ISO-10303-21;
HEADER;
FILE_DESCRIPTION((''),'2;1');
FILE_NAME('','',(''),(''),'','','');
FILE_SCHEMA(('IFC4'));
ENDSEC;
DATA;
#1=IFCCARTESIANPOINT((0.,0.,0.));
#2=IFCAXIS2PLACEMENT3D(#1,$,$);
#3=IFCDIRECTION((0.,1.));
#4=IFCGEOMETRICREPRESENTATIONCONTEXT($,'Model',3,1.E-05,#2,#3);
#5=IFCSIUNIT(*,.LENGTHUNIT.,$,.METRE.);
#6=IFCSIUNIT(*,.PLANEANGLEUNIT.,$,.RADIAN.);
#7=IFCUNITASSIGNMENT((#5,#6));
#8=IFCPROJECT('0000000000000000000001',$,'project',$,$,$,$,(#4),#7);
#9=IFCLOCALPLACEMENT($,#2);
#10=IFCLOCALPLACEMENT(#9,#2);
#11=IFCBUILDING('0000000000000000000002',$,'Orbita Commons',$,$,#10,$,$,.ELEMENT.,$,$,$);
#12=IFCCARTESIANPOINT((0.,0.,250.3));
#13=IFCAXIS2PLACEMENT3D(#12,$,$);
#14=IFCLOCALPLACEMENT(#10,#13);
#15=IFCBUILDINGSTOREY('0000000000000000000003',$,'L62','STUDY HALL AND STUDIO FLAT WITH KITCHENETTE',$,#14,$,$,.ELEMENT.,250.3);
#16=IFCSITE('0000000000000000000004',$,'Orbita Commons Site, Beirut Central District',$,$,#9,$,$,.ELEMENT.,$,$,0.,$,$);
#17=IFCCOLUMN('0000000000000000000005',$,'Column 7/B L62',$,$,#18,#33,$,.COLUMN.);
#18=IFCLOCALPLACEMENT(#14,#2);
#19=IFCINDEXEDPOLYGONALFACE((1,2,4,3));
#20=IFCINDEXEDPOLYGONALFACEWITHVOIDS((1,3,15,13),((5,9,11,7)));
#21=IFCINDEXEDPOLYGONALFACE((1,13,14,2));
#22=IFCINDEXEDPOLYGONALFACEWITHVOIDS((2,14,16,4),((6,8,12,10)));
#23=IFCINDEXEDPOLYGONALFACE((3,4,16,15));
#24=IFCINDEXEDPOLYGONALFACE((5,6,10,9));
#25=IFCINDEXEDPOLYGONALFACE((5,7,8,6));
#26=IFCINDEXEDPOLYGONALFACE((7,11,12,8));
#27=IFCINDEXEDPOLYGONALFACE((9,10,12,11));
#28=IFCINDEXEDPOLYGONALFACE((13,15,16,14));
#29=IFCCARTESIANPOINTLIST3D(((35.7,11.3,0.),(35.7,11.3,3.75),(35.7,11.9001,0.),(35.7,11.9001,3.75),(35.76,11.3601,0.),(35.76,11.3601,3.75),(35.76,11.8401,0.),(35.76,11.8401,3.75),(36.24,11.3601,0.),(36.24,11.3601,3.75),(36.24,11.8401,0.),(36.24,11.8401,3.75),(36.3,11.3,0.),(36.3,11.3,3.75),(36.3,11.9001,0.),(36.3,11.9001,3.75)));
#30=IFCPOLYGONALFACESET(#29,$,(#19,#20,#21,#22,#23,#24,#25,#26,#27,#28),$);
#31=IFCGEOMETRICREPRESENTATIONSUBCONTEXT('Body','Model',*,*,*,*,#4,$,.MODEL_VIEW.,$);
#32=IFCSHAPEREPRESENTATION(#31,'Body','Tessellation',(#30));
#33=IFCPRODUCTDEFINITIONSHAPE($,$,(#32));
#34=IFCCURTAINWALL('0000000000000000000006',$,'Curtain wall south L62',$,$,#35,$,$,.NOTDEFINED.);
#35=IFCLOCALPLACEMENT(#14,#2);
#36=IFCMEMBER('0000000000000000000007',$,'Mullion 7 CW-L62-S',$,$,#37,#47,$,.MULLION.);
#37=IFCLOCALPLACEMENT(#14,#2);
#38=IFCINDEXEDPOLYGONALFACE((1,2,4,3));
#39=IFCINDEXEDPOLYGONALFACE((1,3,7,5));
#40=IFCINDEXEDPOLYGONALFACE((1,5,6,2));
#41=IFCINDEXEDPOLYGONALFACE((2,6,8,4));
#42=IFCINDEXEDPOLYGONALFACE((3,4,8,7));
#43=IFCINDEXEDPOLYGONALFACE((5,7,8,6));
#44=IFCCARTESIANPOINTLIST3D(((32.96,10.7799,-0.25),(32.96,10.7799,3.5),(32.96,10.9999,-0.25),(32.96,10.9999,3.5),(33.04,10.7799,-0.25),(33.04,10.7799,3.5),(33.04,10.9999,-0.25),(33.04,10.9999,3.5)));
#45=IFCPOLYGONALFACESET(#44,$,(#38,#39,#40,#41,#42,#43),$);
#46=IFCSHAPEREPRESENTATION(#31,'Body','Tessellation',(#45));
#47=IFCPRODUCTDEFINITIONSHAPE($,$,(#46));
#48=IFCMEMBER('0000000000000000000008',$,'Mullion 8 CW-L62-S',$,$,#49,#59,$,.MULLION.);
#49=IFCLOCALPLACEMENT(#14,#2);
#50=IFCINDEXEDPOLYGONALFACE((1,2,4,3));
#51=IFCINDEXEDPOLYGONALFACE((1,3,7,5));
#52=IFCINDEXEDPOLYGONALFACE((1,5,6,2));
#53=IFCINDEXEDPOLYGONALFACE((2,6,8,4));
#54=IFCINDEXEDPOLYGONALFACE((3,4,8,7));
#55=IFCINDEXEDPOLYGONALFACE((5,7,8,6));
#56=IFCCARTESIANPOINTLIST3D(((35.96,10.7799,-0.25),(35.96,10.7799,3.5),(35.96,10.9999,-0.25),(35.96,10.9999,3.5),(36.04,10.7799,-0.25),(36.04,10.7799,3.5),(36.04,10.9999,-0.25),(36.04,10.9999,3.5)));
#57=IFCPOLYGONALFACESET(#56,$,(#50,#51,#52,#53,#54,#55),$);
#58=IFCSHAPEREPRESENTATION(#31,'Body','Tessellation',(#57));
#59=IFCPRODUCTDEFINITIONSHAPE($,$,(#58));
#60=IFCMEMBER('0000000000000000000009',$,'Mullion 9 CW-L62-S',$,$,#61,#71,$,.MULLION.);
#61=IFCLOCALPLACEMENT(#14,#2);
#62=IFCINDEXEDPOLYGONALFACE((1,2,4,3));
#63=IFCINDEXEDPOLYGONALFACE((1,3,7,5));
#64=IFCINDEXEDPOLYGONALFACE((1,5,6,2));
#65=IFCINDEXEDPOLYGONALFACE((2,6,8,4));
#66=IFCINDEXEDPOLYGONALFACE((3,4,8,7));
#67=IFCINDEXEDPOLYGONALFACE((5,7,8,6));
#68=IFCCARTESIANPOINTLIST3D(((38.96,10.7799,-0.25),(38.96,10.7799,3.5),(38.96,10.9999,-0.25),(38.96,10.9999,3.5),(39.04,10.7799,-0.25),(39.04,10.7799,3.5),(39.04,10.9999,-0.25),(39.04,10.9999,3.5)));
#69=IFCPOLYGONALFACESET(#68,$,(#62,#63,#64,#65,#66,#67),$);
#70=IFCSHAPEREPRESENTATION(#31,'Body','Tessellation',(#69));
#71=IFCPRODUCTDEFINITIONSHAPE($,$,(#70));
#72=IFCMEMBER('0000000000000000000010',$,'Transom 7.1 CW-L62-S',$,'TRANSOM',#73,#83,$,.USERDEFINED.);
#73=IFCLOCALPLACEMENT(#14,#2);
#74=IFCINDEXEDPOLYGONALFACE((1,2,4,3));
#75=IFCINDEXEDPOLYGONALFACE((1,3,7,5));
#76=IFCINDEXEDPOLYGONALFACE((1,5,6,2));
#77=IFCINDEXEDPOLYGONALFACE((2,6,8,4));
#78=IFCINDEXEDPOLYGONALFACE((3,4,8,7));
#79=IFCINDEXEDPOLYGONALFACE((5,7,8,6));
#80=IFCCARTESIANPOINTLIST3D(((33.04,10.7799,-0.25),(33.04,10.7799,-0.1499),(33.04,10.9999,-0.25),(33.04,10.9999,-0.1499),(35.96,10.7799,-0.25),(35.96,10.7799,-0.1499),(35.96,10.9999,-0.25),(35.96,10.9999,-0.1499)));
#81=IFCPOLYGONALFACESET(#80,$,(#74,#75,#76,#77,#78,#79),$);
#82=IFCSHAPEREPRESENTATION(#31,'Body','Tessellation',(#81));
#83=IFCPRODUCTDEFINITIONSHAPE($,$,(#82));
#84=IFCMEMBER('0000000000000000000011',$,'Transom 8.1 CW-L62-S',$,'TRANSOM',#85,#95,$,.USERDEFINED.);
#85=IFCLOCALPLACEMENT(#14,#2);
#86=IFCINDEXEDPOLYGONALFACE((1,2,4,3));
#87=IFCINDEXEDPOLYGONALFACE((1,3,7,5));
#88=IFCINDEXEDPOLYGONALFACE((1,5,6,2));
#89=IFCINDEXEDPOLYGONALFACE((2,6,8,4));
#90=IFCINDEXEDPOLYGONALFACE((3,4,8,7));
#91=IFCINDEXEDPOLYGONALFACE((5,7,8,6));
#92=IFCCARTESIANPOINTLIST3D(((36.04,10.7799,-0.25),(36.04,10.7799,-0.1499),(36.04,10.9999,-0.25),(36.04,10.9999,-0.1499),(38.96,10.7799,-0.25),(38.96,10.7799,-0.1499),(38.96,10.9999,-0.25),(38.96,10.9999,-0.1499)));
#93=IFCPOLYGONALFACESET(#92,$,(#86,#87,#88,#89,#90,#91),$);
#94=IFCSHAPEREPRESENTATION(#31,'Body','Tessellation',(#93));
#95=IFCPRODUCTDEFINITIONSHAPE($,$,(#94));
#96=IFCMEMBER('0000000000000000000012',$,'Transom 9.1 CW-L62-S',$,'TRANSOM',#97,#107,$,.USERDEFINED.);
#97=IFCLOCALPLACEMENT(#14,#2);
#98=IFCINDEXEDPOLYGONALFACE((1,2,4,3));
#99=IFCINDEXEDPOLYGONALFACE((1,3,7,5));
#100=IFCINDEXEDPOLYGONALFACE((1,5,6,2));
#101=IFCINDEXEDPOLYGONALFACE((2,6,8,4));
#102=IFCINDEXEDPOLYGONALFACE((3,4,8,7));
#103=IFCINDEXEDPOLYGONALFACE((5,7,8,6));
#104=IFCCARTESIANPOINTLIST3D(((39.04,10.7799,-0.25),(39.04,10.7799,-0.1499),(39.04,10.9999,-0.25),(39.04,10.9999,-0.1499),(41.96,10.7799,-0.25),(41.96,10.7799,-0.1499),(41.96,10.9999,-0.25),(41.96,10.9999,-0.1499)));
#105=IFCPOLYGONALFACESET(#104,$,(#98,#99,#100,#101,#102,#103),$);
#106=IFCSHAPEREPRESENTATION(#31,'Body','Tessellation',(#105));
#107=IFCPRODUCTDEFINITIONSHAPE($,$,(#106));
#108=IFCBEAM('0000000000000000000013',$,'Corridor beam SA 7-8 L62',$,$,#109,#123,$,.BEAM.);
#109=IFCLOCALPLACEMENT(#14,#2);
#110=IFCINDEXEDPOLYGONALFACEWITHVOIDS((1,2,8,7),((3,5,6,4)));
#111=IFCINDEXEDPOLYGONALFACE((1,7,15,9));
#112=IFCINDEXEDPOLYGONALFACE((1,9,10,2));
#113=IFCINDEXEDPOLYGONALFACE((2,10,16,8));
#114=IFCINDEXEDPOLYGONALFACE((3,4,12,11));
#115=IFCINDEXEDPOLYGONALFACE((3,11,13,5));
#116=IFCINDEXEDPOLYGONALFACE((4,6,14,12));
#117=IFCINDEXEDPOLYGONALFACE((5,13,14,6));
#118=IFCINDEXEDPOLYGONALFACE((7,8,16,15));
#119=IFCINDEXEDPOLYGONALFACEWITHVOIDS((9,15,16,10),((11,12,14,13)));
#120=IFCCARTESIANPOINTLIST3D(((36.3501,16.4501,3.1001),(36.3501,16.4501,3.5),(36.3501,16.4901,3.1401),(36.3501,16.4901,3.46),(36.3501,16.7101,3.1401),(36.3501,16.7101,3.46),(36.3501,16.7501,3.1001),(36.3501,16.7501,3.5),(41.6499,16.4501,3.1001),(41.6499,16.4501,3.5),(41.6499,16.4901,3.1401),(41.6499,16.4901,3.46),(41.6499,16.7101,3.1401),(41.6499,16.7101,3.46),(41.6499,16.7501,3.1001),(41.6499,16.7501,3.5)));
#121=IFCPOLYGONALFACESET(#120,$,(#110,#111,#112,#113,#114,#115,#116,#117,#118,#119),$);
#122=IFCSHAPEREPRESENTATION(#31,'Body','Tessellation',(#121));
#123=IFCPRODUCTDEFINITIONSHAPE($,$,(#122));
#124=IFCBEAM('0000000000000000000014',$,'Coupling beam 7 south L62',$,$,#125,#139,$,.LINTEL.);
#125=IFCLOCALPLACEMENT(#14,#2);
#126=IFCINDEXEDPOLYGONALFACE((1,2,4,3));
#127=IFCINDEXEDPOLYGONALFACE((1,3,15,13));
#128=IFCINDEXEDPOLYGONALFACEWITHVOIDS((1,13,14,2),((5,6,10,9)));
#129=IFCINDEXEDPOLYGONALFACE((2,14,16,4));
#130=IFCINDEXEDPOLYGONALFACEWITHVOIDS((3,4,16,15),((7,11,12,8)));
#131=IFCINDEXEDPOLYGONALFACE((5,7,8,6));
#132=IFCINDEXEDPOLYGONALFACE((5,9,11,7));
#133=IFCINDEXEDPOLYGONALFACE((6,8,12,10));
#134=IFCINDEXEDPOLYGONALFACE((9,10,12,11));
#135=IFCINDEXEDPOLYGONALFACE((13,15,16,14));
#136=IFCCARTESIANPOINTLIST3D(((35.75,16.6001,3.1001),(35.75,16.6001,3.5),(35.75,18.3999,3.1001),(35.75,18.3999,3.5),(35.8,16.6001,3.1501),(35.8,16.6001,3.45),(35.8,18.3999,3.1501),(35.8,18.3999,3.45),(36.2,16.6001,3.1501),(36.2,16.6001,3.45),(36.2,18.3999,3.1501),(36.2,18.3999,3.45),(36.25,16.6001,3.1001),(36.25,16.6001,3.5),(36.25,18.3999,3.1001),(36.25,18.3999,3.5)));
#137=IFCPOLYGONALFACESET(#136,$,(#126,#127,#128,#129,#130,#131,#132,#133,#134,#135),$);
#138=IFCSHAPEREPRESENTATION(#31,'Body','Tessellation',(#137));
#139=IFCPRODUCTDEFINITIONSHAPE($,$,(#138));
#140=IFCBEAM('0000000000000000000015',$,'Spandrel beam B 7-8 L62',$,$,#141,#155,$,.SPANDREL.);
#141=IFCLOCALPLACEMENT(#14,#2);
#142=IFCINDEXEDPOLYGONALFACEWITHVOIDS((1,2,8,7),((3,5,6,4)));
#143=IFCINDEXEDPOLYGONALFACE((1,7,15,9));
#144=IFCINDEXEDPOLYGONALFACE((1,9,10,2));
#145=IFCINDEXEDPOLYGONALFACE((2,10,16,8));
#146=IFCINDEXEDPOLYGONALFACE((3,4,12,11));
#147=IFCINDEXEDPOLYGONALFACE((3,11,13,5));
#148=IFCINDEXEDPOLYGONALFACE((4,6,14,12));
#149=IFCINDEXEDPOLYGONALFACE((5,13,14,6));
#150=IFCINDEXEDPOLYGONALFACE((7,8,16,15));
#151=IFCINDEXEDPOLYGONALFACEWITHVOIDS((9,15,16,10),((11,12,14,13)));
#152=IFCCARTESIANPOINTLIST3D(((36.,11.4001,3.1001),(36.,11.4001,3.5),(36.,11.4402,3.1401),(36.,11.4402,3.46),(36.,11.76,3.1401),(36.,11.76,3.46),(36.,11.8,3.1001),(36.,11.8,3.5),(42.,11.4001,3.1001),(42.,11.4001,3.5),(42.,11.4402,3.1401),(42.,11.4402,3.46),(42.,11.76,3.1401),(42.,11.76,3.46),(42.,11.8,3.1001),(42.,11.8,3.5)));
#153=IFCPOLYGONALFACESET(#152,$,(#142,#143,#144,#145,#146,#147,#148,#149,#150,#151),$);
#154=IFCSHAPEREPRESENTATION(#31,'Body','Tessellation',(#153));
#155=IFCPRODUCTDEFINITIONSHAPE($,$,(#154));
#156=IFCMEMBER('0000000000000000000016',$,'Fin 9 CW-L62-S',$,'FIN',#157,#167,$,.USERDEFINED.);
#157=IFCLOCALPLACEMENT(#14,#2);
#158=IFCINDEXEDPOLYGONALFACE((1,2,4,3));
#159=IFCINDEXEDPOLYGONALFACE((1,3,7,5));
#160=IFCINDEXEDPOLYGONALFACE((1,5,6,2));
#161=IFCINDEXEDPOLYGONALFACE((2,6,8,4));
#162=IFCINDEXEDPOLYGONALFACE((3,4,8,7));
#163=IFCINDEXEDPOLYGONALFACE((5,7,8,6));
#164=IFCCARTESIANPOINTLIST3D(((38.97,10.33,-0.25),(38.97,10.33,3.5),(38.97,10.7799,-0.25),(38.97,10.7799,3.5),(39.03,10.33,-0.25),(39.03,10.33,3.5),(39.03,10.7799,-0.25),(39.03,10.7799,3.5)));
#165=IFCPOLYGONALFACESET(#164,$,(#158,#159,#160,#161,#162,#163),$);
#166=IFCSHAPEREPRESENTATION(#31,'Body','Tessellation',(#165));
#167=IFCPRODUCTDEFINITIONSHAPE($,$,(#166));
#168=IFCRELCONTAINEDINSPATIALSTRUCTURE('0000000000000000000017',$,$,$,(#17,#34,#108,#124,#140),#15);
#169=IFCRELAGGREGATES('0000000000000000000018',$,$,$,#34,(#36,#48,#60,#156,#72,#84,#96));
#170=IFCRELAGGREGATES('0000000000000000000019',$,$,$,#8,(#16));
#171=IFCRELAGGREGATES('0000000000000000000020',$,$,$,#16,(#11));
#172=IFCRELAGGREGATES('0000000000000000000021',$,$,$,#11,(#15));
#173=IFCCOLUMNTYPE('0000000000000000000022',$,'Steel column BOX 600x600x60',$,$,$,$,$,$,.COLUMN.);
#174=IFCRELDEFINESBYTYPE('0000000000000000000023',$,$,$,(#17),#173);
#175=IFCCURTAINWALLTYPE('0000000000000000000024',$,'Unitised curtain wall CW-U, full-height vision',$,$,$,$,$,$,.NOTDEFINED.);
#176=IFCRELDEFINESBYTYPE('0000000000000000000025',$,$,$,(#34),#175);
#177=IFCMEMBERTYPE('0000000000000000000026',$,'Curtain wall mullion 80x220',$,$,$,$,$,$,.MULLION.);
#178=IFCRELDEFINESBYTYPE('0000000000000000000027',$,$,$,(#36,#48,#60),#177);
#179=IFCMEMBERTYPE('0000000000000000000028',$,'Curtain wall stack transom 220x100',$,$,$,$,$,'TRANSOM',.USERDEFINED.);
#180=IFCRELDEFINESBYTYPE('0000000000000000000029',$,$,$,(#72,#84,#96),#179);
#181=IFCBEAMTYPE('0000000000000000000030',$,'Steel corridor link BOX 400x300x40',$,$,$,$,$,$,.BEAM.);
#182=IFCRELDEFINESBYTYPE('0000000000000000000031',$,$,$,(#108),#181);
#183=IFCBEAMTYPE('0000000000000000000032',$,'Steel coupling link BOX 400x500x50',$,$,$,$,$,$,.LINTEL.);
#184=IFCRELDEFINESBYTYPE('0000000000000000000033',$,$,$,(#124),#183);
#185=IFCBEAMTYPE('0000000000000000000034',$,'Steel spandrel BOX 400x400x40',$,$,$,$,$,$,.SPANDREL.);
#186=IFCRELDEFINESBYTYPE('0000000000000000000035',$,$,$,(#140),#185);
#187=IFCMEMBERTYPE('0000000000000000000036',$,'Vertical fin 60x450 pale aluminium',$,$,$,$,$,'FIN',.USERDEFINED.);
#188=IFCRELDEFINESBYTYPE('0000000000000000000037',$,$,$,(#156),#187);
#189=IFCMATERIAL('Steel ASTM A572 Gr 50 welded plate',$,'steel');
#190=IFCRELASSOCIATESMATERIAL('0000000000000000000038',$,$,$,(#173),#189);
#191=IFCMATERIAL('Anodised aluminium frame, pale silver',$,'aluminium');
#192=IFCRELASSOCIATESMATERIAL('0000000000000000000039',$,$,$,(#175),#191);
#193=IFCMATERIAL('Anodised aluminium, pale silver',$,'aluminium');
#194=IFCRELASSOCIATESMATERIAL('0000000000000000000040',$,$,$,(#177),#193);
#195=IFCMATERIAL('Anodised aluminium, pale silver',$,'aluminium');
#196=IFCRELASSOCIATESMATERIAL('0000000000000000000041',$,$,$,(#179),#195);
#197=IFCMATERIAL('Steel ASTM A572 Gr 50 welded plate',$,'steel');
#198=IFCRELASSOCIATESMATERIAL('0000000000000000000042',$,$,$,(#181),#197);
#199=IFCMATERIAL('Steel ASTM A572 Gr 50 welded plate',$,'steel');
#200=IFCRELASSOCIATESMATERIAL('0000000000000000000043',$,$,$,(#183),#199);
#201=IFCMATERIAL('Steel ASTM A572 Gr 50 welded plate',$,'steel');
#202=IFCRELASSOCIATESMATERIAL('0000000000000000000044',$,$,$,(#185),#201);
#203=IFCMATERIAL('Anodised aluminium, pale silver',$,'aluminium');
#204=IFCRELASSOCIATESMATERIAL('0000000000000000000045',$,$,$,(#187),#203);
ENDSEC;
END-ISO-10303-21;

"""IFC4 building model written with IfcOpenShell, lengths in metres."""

from ifc_helpers import new_model, si_unit, direction, frame, origin, origin_2d, place, context, subcontext, project, spatial, rectangle, hollow_rectangle, extrude, material, material_profile, profile_set, type_object, element, aggregate, save


model = new_model("IFC4")

# Units and contexts
model_context = context("Model", 3, precision=1e-05, world=origin(), true_north=direction((0.0, 1.0)))
body_context = subcontext(model_context, "Body", "Model", "MODEL_VIEW")
ifc_project = project(units=[si_unit("LENGTHUNIT", "METRE"), si_unit("PLANEANGLEUNIT", "RADIAN")], contexts=[model_context])

# Site, building, storey
site_placement = place(None, origin())
site = spatial("IfcSite", under=ifc_project, at=site_placement, Name="Orbita Commons Site, Beirut Central District", CompositionType="ELEMENT", RefElevation=0.0)
building_placement = place(site_placement, origin())
building = spatial("IfcBuilding", under=site, at=building_placement, Name="Orbita Commons", CompositionType="ELEMENT")
storey_placement = place(building_placement, frame((0.0, 0.0, 250.3)))
storey = spatial("IfcBuildingStorey", under=building, at=storey_placement, Name="L62", Description="STUDY HALL AND STUDIO FLAT WITH KITCHENETTE", CompositionType="ELEMENT", Elevation=250.3)

# Column
ifc_material_1 = material(Name="Steel ASTM A572 Gr 50 welded plate", Category="steel")
ifc_material_profile_1 = material_profile(ifc_material_1, hollow_rectangle(XDim=0.6001, YDim=0.6001, WallThickness=0.0601, at=origin_2d()), Name="BOX 600x600x60")
ifc_profile_set_1 = profile_set([ifc_material_profile_1], Name="Steel ASTM A572 Gr 50 welded plate")
column_type = type_object("IfcColumnType", Name="Steel column BOX 600x600x60", PredefinedType="COLUMN", material=ifc_profile_set_1)
column_placement = place(storey_placement, frame((36.0, 11.6001, 0.0), z_axis=(0.0, 0.0, 1.0), x_axis=(1.0, 0.0, 0.0)))
element("IfcColumn", 1, at=column_placement, inside=storey, type_object=column_type, Name="Column 7/B L62", PredefinedType="COLUMN", context=body_context, shape_type="SweptSolid", body=[
    extrude(hollow_rectangle(XDim=0.6001, YDim=0.6001, WallThickness=0.0601, at=origin_2d()), origin(), (0.0, 0.0, 1.0), 3.75),
])

# Curtain wall, members
ifc_material_2 = material(Name="Anodised aluminium frame, pale silver", Category="aluminium")
curtain_wall_type = type_object("IfcCurtainWallType", Name="Unitised curtain wall CW-U, full-height vision", PredefinedType="NOTDEFINED", material=ifc_material_2)
curtain_wall_placement = place(storey_placement, origin())
curtain_wall = element("IfcCurtainWall", 2, at=curtain_wall_placement, inside=storey, type_object=curtain_wall_type, Name="Curtain wall south L62", PredefinedType="NOTDEFINED")
ifc_material_3 = material(Name="Anodised aluminium, pale silver", Category="aluminium")
ifc_material_profile_2 = material_profile(ifc_material_3, rectangle(XDim=0.0801, YDim=0.22, at=origin_2d()), Name="AL 80x220")
ifc_profile_set_2 = profile_set([ifc_material_profile_2], Name="Anodised aluminium, pale silver")
member_type_1 = type_object("IfcMemberType", Name="Curtain wall mullion 80x220", PredefinedType="MULLION", material=ifc_profile_set_2)
member_1_placement = place(storey_placement, frame((33.0, 10.8899, -0.25), z_axis=(0.0, 0.0, 1.0), x_axis=(1.0, 0.0, 0.0)))
member_1 = element("IfcMember", 3, at=member_1_placement, type_object=member_type_1, Name="Mullion 7 CW-L62-S", PredefinedType="MULLION", context=body_context, shape_type="SweptSolid", body=[
    extrude(rectangle(XDim=0.0801, YDim=0.22, at=origin_2d()), origin(), (0.0, 0.0, 1.0), 3.75),
])
member_2_placement = place(storey_placement, frame((36.0, 10.8899, -0.25), z_axis=(0.0, 0.0, 1.0), x_axis=(1.0, 0.0, 0.0)))
member_2 = element("IfcMember", 4, at=member_2_placement, type_object=member_type_1, Name="Mullion 8 CW-L62-S", PredefinedType="MULLION", context=body_context, shape_type="SweptSolid", body=[
    extrude(rectangle(XDim=0.0801, YDim=0.22, at=origin_2d()), origin(), (0.0, 0.0, 1.0), 3.75),
])
member_3_placement = place(storey_placement, frame((39.0, 10.8899, -0.25), z_axis=(0.0, 0.0, 1.0), x_axis=(1.0, 0.0, 0.0)))
member_3 = element("IfcMember", 5, at=member_3_placement, type_object=member_type_1, Name="Mullion 9 CW-L62-S", PredefinedType="MULLION", context=body_context, shape_type="SweptSolid", body=[
    extrude(rectangle(XDim=0.0801, YDim=0.22, at=origin_2d()), origin(), (0.0, 0.0, 1.0), 3.75),
])
ifc_material_4 = material(Name="Anodised aluminium, pale silver", Category="aluminium")
ifc_material_profile_3 = material_profile(ifc_material_4, rectangle(XDim=0.22, YDim=0.1001, at=origin_2d()), Name="AL 220x100")
ifc_profile_set_3 = profile_set([ifc_material_profile_3], Name="Anodised aluminium, pale silver")
member_type_2 = type_object("IfcMemberType", Name="Curtain wall stack transom 220x100", ElementType="TRANSOM", PredefinedType="USERDEFINED", material=ifc_profile_set_3)
member_4_placement = place(storey_placement, frame((33.04, 10.8899, -0.2), z_axis=(1.0, 0.0, 0.0), x_axis=(0.0, 1.0, 0.0)))
member_4 = element("IfcMember", 6, at=member_4_placement, type_object=member_type_2, Name="Transom 7.1 CW-L62-S", ObjectType="TRANSOM", PredefinedType="USERDEFINED", context=body_context, shape_type="SweptSolid", body=[
    extrude(rectangle(XDim=0.22, YDim=0.1001, at=origin_2d()), origin(), (0.0, 0.0, 1.0), 2.9199),
])
member_5_placement = place(storey_placement, frame((36.04, 10.8899, -0.2), z_axis=(1.0, 0.0, 0.0), x_axis=(0.0, 1.0, 0.0)))
member_5 = element("IfcMember", 7, at=member_5_placement, type_object=member_type_2, Name="Transom 8.1 CW-L62-S", ObjectType="TRANSOM", PredefinedType="USERDEFINED", context=body_context, shape_type="SweptSolid", body=[
    extrude(rectangle(XDim=0.22, YDim=0.1001, at=origin_2d()), origin(), (0.0, 0.0, 1.0), 2.9199),
])
member_6_placement = place(storey_placement, frame((39.04, 10.8899, -0.2), z_axis=(1.0, 0.0, 0.0), x_axis=(0.0, 1.0, 0.0)))
member_6 = element("IfcMember", 8, at=member_6_placement, type_object=member_type_2, Name="Transom 9.1 CW-L62-S", ObjectType="TRANSOM", PredefinedType="USERDEFINED", context=body_context, shape_type="SweptSolid", body=[
    extrude(rectangle(XDim=0.22, YDim=0.1001, at=origin_2d()), origin(), (0.0, 0.0, 1.0), 2.9199),
])

# Beams
ifc_material_5 = material(Name="Steel ASTM A572 Gr 50 welded plate", Category="steel")
ifc_material_profile_4 = material_profile(ifc_material_5, hollow_rectangle(XDim=0.3, YDim=0.3999, WallThickness=0.04, at=origin_2d()), Name="BOX 400x300x40")
ifc_profile_set_4 = profile_set([ifc_material_profile_4], Name="Steel ASTM A572 Gr 50 welded plate")
beam_type_1 = type_object("IfcBeamType", Name="Steel corridor link BOX 400x300x40", PredefinedType="BEAM", material=ifc_profile_set_4)
beam_1_placement = place(storey_placement, frame((36.3501, 16.6001, 3.3), z_axis=(1.0, 0.0, 0.0), x_axis=(0.0, 1.0, 0.0)))
element("IfcBeam", 9, at=beam_1_placement, inside=storey, type_object=beam_type_1, Name="Corridor beam SA 7-8 L62", PredefinedType="BEAM", context=body_context, shape_type="SweptSolid", body=[
    extrude(hollow_rectangle(XDim=0.3, YDim=0.3999, WallThickness=0.04, at=origin_2d()), origin(), (0.0, 0.0, 1.0), 5.2998),
])
ifc_material_6 = material(Name="Steel ASTM A572 Gr 50 welded plate", Category="steel")
ifc_material_profile_5 = material_profile(ifc_material_6, hollow_rectangle(XDim=0.5, YDim=0.3999, WallThickness=0.05, at=origin_2d()), Name="BOX 400x500x50")
ifc_profile_set_5 = profile_set([ifc_material_profile_5], Name="Steel ASTM A572 Gr 50 welded plate")
beam_type_2 = type_object("IfcBeamType", Name="Steel coupling link BOX 400x500x50", PredefinedType="LINTEL", material=ifc_profile_set_5)
beam_2_placement = place(storey_placement, frame((36.0, 16.6001, 3.3), z_axis=(0.0, 1.0, 0.0), x_axis=(-1.0, 0.0, 0.0)))
element("IfcBeam", 10, at=beam_2_placement, inside=storey, type_object=beam_type_2, Name="Coupling beam 7 south L62", PredefinedType="LINTEL", context=body_context, shape_type="SweptSolid", body=[
    extrude(hollow_rectangle(XDim=0.5, YDim=0.3999, WallThickness=0.05, at=origin_2d()), origin(), (0.0, 0.0, 1.0), 1.7998),
])
ifc_material_7 = material(Name="Steel ASTM A572 Gr 50 welded plate", Category="steel")
ifc_material_profile_6 = material_profile(ifc_material_7, hollow_rectangle(XDim=0.3999, YDim=0.3999, WallThickness=0.04, at=origin_2d()), Name="BOX 400x400x40")
ifc_profile_set_6 = profile_set([ifc_material_profile_6], Name="Steel ASTM A572 Gr 50 welded plate")
beam_type_3 = type_object("IfcBeamType", Name="Steel spandrel BOX 400x400x40", PredefinedType="SPANDREL", material=ifc_profile_set_6)
beam_3_placement = place(storey_placement, frame((36.0, 11.6001, 3.3), z_axis=(1.0, 0.0, 0.0), x_axis=(0.0, 1.0, 0.0)))
element("IfcBeam", 11, at=beam_3_placement, inside=storey, type_object=beam_type_3, Name="Spandrel beam B 7-8 L62", PredefinedType="SPANDREL", context=body_context, shape_type="SweptSolid", body=[
    extrude(hollow_rectangle(XDim=0.3999, YDim=0.3999, WallThickness=0.04, at=origin_2d()), origin(), (0.0, 0.0, 1.0), 6.0),
])

# Member
ifc_material_8 = material(Name="Anodised aluminium, pale silver", Category="aluminium")
ifc_material_profile_7 = material_profile(ifc_material_8, rectangle(XDim=0.0601, YDim=0.45, at=origin_2d()), Name="FIN 60x450")
ifc_profile_set_7 = profile_set([ifc_material_profile_7], Name="Anodised aluminium, pale silver")
member_type_3 = type_object("IfcMemberType", Name="Vertical fin 60x450 pale aluminium", ElementType="FIN", PredefinedType="USERDEFINED", material=ifc_profile_set_7)
member_7_placement = place(storey_placement, frame((39.0, 10.5549, -0.25), z_axis=(0.0, 0.0, 1.0), x_axis=(1.0, 0.0, 0.0)))
member_7 = element("IfcMember", 12, at=member_7_placement, type_object=member_type_3, Name="Fin 9 CW-L62-S", ObjectType="FIN", PredefinedType="USERDEFINED", context=body_context, shape_type="SweptSolid", body=[
    extrude(rectangle(XDim=0.0601, YDim=0.45, at=origin_2d()), origin(), (0.0, 0.0, 1.0), 3.75),
])

aggregate(curtain_wall, [member_1, member_2, member_3, member_7, member_4, member_5, member_6])

save(model, "model.ifc")
